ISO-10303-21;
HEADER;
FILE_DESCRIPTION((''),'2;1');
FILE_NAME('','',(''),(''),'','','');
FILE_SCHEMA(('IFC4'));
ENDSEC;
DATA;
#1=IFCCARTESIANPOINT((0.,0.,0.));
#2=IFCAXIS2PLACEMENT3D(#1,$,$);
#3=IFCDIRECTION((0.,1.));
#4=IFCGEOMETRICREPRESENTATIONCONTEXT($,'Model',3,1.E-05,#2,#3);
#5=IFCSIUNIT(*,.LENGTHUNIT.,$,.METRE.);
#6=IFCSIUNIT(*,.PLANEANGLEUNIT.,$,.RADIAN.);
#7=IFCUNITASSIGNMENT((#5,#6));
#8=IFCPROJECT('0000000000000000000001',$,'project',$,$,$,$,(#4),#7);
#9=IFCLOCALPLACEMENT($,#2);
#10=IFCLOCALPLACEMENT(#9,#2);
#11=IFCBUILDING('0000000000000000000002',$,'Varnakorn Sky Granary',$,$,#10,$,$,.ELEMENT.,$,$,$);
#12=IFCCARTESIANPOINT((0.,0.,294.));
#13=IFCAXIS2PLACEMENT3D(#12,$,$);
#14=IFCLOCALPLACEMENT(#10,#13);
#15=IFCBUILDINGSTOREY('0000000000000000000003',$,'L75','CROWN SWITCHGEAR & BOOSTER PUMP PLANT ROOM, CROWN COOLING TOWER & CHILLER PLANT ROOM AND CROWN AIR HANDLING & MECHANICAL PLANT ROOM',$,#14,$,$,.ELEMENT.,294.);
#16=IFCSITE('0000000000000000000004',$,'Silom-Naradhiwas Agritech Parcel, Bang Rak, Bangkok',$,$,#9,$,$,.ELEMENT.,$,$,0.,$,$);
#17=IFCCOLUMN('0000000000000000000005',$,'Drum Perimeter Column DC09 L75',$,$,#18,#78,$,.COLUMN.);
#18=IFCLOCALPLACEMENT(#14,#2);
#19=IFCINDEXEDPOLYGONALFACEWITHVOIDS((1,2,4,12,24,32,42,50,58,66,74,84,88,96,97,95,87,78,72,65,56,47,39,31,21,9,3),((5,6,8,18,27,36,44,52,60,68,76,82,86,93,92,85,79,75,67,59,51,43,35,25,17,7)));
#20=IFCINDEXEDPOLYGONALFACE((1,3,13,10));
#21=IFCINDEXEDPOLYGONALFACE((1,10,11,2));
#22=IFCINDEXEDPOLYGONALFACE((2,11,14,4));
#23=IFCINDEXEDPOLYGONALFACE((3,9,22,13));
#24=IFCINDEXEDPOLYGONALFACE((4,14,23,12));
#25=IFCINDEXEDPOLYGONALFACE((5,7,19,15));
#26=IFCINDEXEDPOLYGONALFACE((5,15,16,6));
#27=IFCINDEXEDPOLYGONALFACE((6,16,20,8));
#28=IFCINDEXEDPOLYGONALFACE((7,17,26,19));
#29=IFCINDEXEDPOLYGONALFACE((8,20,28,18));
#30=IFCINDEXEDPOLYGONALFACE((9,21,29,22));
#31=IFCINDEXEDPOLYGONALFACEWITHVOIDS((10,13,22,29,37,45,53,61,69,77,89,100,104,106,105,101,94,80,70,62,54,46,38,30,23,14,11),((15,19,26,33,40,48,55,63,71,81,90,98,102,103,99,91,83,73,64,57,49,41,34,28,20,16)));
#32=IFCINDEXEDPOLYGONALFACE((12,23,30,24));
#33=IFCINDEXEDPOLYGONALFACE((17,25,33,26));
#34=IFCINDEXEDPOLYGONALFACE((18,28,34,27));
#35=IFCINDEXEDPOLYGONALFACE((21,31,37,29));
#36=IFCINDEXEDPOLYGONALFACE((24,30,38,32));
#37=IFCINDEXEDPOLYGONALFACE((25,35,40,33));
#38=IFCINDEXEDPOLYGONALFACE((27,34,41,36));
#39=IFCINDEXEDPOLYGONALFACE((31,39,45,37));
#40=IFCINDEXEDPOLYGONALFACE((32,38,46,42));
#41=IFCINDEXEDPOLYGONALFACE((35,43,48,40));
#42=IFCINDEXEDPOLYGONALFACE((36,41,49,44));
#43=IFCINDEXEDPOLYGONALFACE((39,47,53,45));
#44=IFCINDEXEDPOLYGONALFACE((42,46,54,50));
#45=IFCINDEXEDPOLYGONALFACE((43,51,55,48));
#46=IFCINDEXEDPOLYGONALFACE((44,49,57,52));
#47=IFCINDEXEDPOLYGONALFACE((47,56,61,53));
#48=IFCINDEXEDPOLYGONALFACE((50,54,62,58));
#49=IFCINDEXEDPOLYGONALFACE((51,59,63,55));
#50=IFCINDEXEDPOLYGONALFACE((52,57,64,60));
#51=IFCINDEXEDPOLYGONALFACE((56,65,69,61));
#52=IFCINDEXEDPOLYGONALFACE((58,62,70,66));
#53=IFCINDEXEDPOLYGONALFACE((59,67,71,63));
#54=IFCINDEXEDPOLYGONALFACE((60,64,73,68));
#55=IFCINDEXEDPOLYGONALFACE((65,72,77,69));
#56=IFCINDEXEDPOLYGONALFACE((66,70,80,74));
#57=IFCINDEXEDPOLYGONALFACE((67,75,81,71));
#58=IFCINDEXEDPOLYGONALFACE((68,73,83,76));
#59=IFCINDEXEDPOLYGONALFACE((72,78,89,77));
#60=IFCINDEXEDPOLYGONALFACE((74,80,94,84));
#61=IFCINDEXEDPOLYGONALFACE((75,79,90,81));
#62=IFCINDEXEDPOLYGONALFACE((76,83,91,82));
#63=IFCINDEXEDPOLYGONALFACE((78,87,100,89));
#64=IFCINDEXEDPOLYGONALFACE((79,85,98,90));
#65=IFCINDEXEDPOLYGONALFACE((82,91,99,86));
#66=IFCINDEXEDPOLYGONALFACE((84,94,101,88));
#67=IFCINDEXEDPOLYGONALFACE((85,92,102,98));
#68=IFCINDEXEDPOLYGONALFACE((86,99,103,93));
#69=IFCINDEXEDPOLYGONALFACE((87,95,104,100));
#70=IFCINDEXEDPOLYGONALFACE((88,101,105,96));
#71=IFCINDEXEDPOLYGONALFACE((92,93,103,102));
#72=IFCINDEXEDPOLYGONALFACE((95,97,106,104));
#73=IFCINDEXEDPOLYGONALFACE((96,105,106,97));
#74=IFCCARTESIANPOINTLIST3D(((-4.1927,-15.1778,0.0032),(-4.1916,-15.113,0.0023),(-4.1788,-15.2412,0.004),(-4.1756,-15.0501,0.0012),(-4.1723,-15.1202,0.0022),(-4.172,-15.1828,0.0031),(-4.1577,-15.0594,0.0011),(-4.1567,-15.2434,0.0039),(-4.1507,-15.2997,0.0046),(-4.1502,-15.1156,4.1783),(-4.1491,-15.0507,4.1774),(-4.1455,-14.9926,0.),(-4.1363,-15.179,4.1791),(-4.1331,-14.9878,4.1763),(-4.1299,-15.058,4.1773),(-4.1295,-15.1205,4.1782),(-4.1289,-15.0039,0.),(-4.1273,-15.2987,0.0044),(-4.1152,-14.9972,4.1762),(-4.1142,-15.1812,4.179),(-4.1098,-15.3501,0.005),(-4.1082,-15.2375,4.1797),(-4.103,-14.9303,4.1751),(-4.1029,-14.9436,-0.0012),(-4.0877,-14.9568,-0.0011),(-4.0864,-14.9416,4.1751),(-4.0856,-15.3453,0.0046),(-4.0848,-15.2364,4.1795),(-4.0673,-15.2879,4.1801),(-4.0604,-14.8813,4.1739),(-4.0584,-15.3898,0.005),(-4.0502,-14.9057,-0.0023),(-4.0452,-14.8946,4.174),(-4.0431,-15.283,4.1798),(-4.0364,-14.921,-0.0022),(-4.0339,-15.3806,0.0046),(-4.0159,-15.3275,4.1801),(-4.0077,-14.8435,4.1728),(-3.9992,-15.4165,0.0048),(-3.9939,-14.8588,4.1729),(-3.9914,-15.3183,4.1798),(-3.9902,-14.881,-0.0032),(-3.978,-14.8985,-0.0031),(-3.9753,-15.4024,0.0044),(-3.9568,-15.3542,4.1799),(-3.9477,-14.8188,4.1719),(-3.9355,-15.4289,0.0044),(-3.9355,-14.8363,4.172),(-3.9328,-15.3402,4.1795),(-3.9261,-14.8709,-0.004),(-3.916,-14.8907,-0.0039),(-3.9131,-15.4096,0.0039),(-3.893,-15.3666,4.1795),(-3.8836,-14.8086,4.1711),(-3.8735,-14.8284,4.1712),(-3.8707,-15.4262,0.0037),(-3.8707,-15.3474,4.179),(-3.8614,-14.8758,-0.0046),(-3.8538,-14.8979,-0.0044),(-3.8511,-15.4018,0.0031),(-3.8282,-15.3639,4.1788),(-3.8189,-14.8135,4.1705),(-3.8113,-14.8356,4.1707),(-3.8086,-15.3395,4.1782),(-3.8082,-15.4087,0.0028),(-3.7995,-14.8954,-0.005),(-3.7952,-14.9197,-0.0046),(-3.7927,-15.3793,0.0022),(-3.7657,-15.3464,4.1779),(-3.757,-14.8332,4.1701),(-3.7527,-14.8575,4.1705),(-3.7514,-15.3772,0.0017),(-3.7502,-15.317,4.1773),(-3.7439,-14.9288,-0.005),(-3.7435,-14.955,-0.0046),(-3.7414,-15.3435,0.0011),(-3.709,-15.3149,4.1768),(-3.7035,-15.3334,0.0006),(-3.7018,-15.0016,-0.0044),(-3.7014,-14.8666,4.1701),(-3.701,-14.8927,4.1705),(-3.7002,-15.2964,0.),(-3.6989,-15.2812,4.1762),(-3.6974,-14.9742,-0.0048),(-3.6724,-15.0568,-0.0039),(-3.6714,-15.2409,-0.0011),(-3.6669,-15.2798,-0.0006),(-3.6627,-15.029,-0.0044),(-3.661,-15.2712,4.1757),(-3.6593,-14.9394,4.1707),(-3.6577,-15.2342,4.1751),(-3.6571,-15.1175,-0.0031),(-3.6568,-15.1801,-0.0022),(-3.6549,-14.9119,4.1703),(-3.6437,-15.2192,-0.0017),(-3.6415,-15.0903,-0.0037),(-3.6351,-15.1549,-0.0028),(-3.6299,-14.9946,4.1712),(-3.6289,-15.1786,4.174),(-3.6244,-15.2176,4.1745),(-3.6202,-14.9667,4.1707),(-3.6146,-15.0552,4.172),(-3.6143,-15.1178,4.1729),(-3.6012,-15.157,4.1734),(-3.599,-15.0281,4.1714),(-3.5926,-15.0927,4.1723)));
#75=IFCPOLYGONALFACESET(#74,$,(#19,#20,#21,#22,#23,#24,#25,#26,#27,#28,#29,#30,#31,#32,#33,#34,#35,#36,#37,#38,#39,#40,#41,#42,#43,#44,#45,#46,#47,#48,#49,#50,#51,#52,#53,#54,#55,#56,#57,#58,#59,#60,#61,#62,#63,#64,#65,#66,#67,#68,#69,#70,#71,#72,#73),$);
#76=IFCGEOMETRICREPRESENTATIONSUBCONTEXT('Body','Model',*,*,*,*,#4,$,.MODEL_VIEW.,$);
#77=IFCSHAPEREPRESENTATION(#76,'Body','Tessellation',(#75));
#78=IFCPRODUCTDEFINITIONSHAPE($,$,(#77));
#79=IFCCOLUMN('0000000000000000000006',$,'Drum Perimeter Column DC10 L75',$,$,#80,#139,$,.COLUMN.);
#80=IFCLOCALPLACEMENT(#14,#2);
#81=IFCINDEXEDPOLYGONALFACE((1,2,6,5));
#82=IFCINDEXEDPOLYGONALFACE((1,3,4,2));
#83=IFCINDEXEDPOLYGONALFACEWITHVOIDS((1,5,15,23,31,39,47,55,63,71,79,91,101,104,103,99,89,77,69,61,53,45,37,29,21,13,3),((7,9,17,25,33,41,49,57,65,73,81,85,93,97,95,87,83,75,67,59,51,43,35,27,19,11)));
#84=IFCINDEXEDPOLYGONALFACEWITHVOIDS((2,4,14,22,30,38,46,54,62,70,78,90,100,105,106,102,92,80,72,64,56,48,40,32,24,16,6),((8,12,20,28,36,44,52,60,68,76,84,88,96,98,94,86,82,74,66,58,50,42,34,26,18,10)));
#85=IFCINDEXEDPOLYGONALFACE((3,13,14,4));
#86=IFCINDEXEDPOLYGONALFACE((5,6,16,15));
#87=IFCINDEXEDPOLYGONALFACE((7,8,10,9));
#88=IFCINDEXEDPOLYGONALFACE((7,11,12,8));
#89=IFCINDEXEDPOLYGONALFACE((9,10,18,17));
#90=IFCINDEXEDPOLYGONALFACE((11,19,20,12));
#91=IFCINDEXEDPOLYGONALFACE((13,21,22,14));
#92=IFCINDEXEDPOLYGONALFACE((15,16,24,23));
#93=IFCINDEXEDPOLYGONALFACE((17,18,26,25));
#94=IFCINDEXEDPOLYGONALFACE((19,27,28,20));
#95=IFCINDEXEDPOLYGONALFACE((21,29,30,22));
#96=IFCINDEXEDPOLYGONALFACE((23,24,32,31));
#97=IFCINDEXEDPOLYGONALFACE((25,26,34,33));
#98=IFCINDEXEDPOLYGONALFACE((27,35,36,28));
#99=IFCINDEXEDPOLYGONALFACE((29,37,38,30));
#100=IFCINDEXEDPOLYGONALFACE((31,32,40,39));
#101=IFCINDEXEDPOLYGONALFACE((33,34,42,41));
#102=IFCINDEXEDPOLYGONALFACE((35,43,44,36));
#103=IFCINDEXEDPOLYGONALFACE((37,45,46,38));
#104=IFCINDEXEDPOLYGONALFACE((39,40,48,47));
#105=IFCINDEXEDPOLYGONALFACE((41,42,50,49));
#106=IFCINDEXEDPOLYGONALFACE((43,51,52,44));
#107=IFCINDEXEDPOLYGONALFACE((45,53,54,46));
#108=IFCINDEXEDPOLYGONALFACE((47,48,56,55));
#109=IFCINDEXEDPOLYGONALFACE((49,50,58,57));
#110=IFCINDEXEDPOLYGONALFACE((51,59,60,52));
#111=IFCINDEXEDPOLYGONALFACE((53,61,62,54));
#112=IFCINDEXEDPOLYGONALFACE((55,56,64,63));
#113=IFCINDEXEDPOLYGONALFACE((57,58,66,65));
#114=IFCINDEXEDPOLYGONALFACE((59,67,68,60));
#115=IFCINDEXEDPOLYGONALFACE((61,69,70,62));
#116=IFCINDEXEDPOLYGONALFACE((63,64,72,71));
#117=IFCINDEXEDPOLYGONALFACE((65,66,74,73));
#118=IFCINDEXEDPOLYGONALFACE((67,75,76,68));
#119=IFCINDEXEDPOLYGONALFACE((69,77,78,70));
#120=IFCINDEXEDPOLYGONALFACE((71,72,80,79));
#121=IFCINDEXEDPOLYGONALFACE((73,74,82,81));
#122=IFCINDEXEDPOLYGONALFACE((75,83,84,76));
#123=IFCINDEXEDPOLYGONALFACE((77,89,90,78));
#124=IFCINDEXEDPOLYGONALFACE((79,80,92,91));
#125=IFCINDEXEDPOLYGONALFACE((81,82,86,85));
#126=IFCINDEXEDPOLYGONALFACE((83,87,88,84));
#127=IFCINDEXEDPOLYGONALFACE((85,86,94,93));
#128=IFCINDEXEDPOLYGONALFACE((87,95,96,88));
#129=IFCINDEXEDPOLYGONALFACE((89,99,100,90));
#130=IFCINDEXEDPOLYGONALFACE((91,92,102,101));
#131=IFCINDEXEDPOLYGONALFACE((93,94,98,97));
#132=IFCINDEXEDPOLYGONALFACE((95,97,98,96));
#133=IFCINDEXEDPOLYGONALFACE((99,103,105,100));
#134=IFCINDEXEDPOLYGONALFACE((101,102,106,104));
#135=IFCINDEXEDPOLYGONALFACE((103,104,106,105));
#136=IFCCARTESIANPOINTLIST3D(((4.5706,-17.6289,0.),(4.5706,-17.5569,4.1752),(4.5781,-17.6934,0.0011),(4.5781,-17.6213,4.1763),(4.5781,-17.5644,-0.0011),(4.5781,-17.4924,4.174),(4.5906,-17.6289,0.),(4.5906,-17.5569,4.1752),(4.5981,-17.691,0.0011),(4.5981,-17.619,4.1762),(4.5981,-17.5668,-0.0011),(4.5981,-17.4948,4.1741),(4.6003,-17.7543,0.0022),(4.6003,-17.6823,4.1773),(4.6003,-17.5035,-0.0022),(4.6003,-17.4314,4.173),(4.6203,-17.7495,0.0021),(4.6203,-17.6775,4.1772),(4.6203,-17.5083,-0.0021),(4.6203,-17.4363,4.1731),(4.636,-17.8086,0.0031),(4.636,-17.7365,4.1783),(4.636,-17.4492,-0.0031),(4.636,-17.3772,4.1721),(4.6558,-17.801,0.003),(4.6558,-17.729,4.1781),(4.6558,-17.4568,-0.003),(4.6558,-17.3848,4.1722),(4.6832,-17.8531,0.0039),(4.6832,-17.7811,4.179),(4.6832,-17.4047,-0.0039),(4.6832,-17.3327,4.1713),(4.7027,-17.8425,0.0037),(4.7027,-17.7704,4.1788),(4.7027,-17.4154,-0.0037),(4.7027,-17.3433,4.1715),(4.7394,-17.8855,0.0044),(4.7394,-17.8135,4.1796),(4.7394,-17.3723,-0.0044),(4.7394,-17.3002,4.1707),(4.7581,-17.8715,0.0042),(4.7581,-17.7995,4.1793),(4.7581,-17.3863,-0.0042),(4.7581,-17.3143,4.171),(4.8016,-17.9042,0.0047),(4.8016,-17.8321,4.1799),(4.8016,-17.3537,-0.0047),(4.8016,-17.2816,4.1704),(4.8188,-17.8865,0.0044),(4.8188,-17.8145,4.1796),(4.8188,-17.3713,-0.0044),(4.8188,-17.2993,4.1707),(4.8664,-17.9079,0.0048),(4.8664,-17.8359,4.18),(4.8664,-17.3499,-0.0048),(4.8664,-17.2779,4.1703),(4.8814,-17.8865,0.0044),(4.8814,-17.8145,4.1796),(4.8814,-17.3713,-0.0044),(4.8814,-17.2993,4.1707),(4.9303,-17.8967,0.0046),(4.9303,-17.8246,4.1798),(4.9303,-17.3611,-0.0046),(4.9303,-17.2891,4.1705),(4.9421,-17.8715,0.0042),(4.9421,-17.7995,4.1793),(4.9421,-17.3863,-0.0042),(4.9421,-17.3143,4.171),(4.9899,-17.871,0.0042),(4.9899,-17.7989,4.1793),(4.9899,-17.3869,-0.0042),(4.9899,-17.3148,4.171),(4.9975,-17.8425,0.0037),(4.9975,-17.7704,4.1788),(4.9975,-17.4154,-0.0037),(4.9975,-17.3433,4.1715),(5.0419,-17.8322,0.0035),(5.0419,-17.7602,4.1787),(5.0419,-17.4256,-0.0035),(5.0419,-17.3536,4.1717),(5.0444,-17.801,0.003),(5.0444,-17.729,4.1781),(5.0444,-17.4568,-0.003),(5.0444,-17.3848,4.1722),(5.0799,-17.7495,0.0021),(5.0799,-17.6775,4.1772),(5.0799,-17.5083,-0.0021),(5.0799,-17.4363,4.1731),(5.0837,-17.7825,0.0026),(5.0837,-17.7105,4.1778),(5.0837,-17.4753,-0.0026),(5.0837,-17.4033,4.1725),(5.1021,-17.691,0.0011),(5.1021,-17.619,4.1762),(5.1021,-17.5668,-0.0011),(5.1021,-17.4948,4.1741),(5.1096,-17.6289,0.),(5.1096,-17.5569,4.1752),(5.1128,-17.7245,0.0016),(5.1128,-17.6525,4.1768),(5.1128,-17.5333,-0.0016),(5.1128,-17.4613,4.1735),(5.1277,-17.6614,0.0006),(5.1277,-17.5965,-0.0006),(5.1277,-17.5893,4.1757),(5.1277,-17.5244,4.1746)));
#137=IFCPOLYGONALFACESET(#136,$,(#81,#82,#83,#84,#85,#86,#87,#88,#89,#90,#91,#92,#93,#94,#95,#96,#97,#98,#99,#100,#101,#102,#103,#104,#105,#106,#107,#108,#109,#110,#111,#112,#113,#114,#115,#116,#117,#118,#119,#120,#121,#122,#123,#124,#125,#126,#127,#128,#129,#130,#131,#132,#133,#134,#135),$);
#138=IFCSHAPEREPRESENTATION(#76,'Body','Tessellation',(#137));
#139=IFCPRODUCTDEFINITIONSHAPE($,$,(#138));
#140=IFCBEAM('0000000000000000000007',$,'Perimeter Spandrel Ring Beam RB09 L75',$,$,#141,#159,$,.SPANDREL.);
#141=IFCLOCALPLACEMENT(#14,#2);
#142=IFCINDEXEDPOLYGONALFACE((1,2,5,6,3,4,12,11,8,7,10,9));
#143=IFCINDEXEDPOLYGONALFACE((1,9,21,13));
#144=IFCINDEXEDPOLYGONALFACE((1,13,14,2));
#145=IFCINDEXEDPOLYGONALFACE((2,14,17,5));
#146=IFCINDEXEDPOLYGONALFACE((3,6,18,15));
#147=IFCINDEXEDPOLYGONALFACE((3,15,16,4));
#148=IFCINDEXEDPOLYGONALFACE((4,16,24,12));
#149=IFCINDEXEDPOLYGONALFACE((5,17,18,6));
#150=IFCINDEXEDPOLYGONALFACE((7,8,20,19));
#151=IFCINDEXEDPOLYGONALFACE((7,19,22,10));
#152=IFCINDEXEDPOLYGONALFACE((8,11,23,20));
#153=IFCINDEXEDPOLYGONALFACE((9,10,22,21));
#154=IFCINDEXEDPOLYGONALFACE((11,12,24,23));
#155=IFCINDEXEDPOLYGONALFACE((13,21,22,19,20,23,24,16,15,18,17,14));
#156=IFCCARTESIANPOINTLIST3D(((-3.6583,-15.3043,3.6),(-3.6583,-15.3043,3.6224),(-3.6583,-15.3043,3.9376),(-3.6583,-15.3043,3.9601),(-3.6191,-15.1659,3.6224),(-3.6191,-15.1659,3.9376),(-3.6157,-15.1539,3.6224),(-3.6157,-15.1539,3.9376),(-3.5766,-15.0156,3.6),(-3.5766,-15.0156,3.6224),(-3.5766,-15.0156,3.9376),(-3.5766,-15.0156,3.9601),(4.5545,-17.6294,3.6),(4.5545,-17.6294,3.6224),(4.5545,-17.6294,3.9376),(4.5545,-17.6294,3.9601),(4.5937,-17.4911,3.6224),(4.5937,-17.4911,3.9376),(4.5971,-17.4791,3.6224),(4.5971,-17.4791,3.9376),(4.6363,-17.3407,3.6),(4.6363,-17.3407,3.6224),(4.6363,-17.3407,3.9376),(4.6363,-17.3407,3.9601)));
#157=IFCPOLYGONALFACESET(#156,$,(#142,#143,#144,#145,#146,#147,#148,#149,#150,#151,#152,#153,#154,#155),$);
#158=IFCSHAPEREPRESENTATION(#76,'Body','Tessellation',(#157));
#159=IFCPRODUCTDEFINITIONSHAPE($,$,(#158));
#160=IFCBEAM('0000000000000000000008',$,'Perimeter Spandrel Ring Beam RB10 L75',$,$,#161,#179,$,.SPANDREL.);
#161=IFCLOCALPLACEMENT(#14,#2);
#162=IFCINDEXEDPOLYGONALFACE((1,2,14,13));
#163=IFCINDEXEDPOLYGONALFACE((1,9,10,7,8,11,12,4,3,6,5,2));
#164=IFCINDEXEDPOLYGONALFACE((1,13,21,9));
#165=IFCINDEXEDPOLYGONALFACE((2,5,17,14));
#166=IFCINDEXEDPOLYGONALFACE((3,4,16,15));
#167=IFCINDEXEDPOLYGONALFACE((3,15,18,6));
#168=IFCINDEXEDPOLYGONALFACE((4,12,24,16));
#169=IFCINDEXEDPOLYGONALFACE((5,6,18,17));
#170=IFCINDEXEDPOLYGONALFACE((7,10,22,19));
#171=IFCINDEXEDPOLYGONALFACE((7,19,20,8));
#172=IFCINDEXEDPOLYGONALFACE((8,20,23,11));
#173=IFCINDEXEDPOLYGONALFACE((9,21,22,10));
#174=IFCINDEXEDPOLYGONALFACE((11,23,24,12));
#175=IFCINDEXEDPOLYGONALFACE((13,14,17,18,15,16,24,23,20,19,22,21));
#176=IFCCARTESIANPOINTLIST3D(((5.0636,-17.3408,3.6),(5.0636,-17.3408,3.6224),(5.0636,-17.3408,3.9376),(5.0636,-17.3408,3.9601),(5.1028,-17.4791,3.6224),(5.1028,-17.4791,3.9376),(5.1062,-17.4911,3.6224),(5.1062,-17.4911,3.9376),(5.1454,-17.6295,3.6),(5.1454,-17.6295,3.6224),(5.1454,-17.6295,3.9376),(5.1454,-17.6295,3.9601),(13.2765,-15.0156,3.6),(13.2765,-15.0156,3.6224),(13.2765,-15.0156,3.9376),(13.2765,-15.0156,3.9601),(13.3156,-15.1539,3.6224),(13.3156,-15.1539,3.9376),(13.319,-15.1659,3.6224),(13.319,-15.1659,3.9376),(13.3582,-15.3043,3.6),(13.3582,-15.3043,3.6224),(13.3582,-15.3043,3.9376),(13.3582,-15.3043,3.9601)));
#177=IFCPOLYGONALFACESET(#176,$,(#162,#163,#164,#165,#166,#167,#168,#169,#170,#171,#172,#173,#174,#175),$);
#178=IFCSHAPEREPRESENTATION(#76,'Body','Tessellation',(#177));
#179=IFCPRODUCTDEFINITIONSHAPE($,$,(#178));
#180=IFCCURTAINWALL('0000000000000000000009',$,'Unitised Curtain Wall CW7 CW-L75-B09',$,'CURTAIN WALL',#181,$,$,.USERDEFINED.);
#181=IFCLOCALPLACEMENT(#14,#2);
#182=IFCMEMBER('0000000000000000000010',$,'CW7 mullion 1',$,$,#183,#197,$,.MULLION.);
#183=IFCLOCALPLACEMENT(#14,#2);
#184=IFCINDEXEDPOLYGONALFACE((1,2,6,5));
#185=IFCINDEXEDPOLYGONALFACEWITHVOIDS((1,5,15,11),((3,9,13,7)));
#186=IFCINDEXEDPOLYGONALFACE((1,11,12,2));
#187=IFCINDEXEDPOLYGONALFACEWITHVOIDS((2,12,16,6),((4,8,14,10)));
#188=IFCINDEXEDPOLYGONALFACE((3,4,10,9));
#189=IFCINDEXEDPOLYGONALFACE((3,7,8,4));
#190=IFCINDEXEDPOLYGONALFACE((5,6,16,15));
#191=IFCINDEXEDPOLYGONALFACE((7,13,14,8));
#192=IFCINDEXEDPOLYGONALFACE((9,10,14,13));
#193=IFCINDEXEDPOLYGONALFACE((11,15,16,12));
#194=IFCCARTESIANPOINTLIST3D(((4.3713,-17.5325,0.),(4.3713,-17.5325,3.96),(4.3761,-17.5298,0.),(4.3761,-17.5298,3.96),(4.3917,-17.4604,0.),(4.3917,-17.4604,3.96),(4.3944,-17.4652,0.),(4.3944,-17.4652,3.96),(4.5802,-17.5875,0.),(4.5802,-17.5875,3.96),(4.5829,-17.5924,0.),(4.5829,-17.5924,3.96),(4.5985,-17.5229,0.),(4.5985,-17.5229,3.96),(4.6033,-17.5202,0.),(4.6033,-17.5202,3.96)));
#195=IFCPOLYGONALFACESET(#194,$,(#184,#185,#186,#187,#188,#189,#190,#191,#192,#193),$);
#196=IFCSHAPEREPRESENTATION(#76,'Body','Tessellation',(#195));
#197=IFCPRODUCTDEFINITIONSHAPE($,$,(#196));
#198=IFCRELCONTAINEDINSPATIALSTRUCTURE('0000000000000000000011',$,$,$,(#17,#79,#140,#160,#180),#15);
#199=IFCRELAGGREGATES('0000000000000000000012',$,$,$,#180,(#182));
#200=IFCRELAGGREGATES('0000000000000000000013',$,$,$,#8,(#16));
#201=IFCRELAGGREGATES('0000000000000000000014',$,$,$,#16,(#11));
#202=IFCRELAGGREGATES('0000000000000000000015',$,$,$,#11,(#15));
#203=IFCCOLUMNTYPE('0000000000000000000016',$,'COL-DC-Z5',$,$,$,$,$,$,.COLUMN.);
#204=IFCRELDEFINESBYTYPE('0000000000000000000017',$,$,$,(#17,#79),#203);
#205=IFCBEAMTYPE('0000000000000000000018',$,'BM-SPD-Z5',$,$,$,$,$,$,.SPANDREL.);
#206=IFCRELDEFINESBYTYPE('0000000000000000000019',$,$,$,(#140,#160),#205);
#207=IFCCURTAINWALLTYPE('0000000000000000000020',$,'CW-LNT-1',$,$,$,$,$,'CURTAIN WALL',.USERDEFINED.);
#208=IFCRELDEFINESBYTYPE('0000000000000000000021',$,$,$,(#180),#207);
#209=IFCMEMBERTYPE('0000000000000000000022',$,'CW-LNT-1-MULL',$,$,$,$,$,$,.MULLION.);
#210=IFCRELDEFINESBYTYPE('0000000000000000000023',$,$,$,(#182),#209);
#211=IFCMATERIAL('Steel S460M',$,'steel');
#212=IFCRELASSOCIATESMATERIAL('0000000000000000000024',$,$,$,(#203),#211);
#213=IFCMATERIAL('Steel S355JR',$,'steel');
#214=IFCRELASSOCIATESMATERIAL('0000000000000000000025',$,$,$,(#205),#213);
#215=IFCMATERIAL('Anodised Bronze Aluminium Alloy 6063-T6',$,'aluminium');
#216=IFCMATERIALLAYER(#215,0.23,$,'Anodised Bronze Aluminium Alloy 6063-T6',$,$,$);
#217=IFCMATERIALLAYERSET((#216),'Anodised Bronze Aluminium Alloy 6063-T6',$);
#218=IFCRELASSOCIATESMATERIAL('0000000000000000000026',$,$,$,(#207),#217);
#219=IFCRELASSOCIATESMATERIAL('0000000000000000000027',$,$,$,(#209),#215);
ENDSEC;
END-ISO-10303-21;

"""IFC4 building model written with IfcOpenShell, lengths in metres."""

from ifc_helpers import new_model, si_unit, direction, frame, origin, origin_2d, place, context, subcontext, project, spatial, hollow_rectangle, hollow_circle, i_section, extrude, material, layer, layer_set, material_profile, profile_set, type_object, element, aggregate, save


model = new_model("IFC4")

# Units and contexts
model_context = context("Model", 3, precision=1e-05, world=origin(), true_north=direction((0.0, 1.0)))
body_context = subcontext(model_context, "Body", "Model", "MODEL_VIEW")
ifc_project = project(units=[si_unit("LENGTHUNIT", "METRE"), si_unit("PLANEANGLEUNIT", "RADIAN")], contexts=[model_context])

# Site, building, storey
site_placement = place(None, origin())
site = spatial("IfcSite", under=ifc_project, at=site_placement, Name="Silom-Naradhiwas Agritech Parcel, Bang Rak, Bangkok", CompositionType="ELEMENT", RefElevation=0.0)
building_placement = place(site_placement, origin())
building = spatial("IfcBuilding", under=site, at=building_placement, Name="Varnakorn Sky Granary", CompositionType="ELEMENT")
storey_placement = place(building_placement, frame((0.0, 0.0, 294.0)))
storey = spatial("IfcBuildingStorey", under=building, at=storey_placement, Name="L75", Description="CROWN SWITCHGEAR & BOOSTER PUMP PLANT ROOM, CROWN COOLING TOWER & CHILLER PLANT ROOM AND CROWN AIR HANDLING & MECHANICAL PLANT ROOM", CompositionType="ELEMENT", Elevation=294.0)

# Columns
ifc_material_1 = material(Name="Steel S460M", Category="steel")
ifc_material_profile_1 = material_profile(ifc_material_1, hollow_circle(Radius=0.2795, WallThickness=0.02, at=origin_2d()), Name="CHS 559x20")
ifc_profile_set_1 = profile_set([ifc_material_profile_1], Name="Steel S460M")
column_type = type_object("IfcColumnType", Name="COL-DC-Z5", PredefinedType="COLUMN", material=ifc_profile_set_1)
for number, where, z_axis, x_axis, name in (
    (1, (-3.9146, -15.1501, 0.0), (0.010173, 0.014909, 0.999837), (-0.826022, 0.563638, 0.0), "Drum Perimeter Column DC09 L75"),
    (2, (4.8501, -17.6289, 0.0), (0.0, 0.017248, 0.999851), (-1.0, 0.0, 0.0), "Drum Perimeter Column DC10 L75"),
):
    element("IfcColumn", number, at=place(storey_placement, frame(where, z_axis=z_axis, x_axis=x_axis)), inside=storey, type_object=column_type, Name=name, PredefinedType="COLUMN", context=body_context, shape_type="SweptSolid", body=[
        extrude(hollow_circle(Radius=0.2795, WallThickness=0.02, at=origin_2d()), origin(), (0.0, 0.0, 1.0), 4.1758),
    ])

# Beams
ifc_material_2 = material(Name="Steel S355JR", Category="steel")
ifc_material_profile_2 = material_profile(ifc_material_2, i_section(OverallWidth=0.3, OverallDepth=0.3601, WebThickness=0.0125, FlangeThickness=0.0225, at=origin_2d()), Name="HE 360 B")
ifc_profile_set_2 = profile_set([ifc_material_profile_2], Name="Steel S355JR")
beam_type = type_object("IfcBeamType", Name="BM-SPD-Z5", PredefinedType="SPANDREL", material=ifc_profile_set_2)
for number, where, z_axis, x_axis, name in (
    (3, (-3.6174, -15.1599, 3.78), (0.962182, -0.272408, 0.0), (0.272408, 0.962182, 0.0), "Perimeter Spandrel Ring Beam RB09 L75"),
    (4, (5.1045, -17.4851, 3.78), (0.962182, 0.272408, 0.0), (-0.272408, 0.962182, 0.0), "Perimeter Spandrel Ring Beam RB10 L75"),
):
    element("IfcBeam", number, at=place(storey_placement, frame(where, z_axis=z_axis, x_axis=x_axis)), inside=storey, type_object=beam_type, Name=name, PredefinedType="SPANDREL", context=body_context, shape_type="SweptSolid", body=[
        extrude(i_section(OverallWidth=0.3, OverallDepth=0.3601, WebThickness=0.0125, FlangeThickness=0.0225, at=origin_2d()), origin(), (0.0, 0.0, 1.0), 8.5356),
    ])

# Curtain wall, member
ifc_material_3 = material(Name="Anodised Bronze Aluminium Alloy 6063-T6", Category="aluminium")
ifc_layer_1 = layer(ifc_material_3, 0.23, Name="Anodised Bronze Aluminium Alloy 6063-T6")
ifc_layer_set_1 = layer_set([ifc_layer_1], Name="Anodised Bronze Aluminium Alloy 6063-T6")
curtain_wall_type = type_object("IfcCurtainWallType", Name="CW-LNT-1", ElementType="CURTAIN WALL", PredefinedType="USERDEFINED", material=ifc_layer_set_1)
curtain_wall_1_placement = place(storey_placement, origin())
curtain_wall_1 = element("IfcCurtainWall", 5, at=curtain_wall_1_placement, inside=storey, type_object=curtain_wall_type, Name="Unitised Curtain Wall CW7 CW-L75-B09", ObjectType="CURTAIN WALL", PredefinedType="USERDEFINED")
ifc_material_profile_3 = material_profile(ifc_material_3, hollow_rectangle(XDim=0.075, YDim=0.22, WallThickness=0.0039, at=origin_2d()), Name="ALU MULL 75x220")
ifc_profile_set_3 = profile_set([ifc_material_profile_3], Name="Anodised Bronze Aluminium Alloy 6063-T6")
member_type_1 = type_object("IfcMemberType", Name="CW-LNT-1-MULL", PredefinedType="MULLION", material=ifc_profile_set_3)
member_1_placement = place(storey_placement, frame((4.4873, -17.5264, 0.0), z_axis=(0.0, 0.0, 1.0), x_axis=(-0.272147, -0.962256, 0.0)))
member_1 = element("IfcMember", 6, at=member_1_placement, type_object=member_type_1, Name="CW7 mullion 1", PredefinedType="MULLION", context=body_context, shape_type="SweptSolid", body=[
    extrude(hollow_rectangle(XDim=0.075, YDim=0.22, WallThickness=0.0039, at=origin_2d()), origin(), (0.0, 0.0, 1.0), 3.96),
])

aggregate(curtain_wall_1, [member_1])

save(model, "model.ifc")
